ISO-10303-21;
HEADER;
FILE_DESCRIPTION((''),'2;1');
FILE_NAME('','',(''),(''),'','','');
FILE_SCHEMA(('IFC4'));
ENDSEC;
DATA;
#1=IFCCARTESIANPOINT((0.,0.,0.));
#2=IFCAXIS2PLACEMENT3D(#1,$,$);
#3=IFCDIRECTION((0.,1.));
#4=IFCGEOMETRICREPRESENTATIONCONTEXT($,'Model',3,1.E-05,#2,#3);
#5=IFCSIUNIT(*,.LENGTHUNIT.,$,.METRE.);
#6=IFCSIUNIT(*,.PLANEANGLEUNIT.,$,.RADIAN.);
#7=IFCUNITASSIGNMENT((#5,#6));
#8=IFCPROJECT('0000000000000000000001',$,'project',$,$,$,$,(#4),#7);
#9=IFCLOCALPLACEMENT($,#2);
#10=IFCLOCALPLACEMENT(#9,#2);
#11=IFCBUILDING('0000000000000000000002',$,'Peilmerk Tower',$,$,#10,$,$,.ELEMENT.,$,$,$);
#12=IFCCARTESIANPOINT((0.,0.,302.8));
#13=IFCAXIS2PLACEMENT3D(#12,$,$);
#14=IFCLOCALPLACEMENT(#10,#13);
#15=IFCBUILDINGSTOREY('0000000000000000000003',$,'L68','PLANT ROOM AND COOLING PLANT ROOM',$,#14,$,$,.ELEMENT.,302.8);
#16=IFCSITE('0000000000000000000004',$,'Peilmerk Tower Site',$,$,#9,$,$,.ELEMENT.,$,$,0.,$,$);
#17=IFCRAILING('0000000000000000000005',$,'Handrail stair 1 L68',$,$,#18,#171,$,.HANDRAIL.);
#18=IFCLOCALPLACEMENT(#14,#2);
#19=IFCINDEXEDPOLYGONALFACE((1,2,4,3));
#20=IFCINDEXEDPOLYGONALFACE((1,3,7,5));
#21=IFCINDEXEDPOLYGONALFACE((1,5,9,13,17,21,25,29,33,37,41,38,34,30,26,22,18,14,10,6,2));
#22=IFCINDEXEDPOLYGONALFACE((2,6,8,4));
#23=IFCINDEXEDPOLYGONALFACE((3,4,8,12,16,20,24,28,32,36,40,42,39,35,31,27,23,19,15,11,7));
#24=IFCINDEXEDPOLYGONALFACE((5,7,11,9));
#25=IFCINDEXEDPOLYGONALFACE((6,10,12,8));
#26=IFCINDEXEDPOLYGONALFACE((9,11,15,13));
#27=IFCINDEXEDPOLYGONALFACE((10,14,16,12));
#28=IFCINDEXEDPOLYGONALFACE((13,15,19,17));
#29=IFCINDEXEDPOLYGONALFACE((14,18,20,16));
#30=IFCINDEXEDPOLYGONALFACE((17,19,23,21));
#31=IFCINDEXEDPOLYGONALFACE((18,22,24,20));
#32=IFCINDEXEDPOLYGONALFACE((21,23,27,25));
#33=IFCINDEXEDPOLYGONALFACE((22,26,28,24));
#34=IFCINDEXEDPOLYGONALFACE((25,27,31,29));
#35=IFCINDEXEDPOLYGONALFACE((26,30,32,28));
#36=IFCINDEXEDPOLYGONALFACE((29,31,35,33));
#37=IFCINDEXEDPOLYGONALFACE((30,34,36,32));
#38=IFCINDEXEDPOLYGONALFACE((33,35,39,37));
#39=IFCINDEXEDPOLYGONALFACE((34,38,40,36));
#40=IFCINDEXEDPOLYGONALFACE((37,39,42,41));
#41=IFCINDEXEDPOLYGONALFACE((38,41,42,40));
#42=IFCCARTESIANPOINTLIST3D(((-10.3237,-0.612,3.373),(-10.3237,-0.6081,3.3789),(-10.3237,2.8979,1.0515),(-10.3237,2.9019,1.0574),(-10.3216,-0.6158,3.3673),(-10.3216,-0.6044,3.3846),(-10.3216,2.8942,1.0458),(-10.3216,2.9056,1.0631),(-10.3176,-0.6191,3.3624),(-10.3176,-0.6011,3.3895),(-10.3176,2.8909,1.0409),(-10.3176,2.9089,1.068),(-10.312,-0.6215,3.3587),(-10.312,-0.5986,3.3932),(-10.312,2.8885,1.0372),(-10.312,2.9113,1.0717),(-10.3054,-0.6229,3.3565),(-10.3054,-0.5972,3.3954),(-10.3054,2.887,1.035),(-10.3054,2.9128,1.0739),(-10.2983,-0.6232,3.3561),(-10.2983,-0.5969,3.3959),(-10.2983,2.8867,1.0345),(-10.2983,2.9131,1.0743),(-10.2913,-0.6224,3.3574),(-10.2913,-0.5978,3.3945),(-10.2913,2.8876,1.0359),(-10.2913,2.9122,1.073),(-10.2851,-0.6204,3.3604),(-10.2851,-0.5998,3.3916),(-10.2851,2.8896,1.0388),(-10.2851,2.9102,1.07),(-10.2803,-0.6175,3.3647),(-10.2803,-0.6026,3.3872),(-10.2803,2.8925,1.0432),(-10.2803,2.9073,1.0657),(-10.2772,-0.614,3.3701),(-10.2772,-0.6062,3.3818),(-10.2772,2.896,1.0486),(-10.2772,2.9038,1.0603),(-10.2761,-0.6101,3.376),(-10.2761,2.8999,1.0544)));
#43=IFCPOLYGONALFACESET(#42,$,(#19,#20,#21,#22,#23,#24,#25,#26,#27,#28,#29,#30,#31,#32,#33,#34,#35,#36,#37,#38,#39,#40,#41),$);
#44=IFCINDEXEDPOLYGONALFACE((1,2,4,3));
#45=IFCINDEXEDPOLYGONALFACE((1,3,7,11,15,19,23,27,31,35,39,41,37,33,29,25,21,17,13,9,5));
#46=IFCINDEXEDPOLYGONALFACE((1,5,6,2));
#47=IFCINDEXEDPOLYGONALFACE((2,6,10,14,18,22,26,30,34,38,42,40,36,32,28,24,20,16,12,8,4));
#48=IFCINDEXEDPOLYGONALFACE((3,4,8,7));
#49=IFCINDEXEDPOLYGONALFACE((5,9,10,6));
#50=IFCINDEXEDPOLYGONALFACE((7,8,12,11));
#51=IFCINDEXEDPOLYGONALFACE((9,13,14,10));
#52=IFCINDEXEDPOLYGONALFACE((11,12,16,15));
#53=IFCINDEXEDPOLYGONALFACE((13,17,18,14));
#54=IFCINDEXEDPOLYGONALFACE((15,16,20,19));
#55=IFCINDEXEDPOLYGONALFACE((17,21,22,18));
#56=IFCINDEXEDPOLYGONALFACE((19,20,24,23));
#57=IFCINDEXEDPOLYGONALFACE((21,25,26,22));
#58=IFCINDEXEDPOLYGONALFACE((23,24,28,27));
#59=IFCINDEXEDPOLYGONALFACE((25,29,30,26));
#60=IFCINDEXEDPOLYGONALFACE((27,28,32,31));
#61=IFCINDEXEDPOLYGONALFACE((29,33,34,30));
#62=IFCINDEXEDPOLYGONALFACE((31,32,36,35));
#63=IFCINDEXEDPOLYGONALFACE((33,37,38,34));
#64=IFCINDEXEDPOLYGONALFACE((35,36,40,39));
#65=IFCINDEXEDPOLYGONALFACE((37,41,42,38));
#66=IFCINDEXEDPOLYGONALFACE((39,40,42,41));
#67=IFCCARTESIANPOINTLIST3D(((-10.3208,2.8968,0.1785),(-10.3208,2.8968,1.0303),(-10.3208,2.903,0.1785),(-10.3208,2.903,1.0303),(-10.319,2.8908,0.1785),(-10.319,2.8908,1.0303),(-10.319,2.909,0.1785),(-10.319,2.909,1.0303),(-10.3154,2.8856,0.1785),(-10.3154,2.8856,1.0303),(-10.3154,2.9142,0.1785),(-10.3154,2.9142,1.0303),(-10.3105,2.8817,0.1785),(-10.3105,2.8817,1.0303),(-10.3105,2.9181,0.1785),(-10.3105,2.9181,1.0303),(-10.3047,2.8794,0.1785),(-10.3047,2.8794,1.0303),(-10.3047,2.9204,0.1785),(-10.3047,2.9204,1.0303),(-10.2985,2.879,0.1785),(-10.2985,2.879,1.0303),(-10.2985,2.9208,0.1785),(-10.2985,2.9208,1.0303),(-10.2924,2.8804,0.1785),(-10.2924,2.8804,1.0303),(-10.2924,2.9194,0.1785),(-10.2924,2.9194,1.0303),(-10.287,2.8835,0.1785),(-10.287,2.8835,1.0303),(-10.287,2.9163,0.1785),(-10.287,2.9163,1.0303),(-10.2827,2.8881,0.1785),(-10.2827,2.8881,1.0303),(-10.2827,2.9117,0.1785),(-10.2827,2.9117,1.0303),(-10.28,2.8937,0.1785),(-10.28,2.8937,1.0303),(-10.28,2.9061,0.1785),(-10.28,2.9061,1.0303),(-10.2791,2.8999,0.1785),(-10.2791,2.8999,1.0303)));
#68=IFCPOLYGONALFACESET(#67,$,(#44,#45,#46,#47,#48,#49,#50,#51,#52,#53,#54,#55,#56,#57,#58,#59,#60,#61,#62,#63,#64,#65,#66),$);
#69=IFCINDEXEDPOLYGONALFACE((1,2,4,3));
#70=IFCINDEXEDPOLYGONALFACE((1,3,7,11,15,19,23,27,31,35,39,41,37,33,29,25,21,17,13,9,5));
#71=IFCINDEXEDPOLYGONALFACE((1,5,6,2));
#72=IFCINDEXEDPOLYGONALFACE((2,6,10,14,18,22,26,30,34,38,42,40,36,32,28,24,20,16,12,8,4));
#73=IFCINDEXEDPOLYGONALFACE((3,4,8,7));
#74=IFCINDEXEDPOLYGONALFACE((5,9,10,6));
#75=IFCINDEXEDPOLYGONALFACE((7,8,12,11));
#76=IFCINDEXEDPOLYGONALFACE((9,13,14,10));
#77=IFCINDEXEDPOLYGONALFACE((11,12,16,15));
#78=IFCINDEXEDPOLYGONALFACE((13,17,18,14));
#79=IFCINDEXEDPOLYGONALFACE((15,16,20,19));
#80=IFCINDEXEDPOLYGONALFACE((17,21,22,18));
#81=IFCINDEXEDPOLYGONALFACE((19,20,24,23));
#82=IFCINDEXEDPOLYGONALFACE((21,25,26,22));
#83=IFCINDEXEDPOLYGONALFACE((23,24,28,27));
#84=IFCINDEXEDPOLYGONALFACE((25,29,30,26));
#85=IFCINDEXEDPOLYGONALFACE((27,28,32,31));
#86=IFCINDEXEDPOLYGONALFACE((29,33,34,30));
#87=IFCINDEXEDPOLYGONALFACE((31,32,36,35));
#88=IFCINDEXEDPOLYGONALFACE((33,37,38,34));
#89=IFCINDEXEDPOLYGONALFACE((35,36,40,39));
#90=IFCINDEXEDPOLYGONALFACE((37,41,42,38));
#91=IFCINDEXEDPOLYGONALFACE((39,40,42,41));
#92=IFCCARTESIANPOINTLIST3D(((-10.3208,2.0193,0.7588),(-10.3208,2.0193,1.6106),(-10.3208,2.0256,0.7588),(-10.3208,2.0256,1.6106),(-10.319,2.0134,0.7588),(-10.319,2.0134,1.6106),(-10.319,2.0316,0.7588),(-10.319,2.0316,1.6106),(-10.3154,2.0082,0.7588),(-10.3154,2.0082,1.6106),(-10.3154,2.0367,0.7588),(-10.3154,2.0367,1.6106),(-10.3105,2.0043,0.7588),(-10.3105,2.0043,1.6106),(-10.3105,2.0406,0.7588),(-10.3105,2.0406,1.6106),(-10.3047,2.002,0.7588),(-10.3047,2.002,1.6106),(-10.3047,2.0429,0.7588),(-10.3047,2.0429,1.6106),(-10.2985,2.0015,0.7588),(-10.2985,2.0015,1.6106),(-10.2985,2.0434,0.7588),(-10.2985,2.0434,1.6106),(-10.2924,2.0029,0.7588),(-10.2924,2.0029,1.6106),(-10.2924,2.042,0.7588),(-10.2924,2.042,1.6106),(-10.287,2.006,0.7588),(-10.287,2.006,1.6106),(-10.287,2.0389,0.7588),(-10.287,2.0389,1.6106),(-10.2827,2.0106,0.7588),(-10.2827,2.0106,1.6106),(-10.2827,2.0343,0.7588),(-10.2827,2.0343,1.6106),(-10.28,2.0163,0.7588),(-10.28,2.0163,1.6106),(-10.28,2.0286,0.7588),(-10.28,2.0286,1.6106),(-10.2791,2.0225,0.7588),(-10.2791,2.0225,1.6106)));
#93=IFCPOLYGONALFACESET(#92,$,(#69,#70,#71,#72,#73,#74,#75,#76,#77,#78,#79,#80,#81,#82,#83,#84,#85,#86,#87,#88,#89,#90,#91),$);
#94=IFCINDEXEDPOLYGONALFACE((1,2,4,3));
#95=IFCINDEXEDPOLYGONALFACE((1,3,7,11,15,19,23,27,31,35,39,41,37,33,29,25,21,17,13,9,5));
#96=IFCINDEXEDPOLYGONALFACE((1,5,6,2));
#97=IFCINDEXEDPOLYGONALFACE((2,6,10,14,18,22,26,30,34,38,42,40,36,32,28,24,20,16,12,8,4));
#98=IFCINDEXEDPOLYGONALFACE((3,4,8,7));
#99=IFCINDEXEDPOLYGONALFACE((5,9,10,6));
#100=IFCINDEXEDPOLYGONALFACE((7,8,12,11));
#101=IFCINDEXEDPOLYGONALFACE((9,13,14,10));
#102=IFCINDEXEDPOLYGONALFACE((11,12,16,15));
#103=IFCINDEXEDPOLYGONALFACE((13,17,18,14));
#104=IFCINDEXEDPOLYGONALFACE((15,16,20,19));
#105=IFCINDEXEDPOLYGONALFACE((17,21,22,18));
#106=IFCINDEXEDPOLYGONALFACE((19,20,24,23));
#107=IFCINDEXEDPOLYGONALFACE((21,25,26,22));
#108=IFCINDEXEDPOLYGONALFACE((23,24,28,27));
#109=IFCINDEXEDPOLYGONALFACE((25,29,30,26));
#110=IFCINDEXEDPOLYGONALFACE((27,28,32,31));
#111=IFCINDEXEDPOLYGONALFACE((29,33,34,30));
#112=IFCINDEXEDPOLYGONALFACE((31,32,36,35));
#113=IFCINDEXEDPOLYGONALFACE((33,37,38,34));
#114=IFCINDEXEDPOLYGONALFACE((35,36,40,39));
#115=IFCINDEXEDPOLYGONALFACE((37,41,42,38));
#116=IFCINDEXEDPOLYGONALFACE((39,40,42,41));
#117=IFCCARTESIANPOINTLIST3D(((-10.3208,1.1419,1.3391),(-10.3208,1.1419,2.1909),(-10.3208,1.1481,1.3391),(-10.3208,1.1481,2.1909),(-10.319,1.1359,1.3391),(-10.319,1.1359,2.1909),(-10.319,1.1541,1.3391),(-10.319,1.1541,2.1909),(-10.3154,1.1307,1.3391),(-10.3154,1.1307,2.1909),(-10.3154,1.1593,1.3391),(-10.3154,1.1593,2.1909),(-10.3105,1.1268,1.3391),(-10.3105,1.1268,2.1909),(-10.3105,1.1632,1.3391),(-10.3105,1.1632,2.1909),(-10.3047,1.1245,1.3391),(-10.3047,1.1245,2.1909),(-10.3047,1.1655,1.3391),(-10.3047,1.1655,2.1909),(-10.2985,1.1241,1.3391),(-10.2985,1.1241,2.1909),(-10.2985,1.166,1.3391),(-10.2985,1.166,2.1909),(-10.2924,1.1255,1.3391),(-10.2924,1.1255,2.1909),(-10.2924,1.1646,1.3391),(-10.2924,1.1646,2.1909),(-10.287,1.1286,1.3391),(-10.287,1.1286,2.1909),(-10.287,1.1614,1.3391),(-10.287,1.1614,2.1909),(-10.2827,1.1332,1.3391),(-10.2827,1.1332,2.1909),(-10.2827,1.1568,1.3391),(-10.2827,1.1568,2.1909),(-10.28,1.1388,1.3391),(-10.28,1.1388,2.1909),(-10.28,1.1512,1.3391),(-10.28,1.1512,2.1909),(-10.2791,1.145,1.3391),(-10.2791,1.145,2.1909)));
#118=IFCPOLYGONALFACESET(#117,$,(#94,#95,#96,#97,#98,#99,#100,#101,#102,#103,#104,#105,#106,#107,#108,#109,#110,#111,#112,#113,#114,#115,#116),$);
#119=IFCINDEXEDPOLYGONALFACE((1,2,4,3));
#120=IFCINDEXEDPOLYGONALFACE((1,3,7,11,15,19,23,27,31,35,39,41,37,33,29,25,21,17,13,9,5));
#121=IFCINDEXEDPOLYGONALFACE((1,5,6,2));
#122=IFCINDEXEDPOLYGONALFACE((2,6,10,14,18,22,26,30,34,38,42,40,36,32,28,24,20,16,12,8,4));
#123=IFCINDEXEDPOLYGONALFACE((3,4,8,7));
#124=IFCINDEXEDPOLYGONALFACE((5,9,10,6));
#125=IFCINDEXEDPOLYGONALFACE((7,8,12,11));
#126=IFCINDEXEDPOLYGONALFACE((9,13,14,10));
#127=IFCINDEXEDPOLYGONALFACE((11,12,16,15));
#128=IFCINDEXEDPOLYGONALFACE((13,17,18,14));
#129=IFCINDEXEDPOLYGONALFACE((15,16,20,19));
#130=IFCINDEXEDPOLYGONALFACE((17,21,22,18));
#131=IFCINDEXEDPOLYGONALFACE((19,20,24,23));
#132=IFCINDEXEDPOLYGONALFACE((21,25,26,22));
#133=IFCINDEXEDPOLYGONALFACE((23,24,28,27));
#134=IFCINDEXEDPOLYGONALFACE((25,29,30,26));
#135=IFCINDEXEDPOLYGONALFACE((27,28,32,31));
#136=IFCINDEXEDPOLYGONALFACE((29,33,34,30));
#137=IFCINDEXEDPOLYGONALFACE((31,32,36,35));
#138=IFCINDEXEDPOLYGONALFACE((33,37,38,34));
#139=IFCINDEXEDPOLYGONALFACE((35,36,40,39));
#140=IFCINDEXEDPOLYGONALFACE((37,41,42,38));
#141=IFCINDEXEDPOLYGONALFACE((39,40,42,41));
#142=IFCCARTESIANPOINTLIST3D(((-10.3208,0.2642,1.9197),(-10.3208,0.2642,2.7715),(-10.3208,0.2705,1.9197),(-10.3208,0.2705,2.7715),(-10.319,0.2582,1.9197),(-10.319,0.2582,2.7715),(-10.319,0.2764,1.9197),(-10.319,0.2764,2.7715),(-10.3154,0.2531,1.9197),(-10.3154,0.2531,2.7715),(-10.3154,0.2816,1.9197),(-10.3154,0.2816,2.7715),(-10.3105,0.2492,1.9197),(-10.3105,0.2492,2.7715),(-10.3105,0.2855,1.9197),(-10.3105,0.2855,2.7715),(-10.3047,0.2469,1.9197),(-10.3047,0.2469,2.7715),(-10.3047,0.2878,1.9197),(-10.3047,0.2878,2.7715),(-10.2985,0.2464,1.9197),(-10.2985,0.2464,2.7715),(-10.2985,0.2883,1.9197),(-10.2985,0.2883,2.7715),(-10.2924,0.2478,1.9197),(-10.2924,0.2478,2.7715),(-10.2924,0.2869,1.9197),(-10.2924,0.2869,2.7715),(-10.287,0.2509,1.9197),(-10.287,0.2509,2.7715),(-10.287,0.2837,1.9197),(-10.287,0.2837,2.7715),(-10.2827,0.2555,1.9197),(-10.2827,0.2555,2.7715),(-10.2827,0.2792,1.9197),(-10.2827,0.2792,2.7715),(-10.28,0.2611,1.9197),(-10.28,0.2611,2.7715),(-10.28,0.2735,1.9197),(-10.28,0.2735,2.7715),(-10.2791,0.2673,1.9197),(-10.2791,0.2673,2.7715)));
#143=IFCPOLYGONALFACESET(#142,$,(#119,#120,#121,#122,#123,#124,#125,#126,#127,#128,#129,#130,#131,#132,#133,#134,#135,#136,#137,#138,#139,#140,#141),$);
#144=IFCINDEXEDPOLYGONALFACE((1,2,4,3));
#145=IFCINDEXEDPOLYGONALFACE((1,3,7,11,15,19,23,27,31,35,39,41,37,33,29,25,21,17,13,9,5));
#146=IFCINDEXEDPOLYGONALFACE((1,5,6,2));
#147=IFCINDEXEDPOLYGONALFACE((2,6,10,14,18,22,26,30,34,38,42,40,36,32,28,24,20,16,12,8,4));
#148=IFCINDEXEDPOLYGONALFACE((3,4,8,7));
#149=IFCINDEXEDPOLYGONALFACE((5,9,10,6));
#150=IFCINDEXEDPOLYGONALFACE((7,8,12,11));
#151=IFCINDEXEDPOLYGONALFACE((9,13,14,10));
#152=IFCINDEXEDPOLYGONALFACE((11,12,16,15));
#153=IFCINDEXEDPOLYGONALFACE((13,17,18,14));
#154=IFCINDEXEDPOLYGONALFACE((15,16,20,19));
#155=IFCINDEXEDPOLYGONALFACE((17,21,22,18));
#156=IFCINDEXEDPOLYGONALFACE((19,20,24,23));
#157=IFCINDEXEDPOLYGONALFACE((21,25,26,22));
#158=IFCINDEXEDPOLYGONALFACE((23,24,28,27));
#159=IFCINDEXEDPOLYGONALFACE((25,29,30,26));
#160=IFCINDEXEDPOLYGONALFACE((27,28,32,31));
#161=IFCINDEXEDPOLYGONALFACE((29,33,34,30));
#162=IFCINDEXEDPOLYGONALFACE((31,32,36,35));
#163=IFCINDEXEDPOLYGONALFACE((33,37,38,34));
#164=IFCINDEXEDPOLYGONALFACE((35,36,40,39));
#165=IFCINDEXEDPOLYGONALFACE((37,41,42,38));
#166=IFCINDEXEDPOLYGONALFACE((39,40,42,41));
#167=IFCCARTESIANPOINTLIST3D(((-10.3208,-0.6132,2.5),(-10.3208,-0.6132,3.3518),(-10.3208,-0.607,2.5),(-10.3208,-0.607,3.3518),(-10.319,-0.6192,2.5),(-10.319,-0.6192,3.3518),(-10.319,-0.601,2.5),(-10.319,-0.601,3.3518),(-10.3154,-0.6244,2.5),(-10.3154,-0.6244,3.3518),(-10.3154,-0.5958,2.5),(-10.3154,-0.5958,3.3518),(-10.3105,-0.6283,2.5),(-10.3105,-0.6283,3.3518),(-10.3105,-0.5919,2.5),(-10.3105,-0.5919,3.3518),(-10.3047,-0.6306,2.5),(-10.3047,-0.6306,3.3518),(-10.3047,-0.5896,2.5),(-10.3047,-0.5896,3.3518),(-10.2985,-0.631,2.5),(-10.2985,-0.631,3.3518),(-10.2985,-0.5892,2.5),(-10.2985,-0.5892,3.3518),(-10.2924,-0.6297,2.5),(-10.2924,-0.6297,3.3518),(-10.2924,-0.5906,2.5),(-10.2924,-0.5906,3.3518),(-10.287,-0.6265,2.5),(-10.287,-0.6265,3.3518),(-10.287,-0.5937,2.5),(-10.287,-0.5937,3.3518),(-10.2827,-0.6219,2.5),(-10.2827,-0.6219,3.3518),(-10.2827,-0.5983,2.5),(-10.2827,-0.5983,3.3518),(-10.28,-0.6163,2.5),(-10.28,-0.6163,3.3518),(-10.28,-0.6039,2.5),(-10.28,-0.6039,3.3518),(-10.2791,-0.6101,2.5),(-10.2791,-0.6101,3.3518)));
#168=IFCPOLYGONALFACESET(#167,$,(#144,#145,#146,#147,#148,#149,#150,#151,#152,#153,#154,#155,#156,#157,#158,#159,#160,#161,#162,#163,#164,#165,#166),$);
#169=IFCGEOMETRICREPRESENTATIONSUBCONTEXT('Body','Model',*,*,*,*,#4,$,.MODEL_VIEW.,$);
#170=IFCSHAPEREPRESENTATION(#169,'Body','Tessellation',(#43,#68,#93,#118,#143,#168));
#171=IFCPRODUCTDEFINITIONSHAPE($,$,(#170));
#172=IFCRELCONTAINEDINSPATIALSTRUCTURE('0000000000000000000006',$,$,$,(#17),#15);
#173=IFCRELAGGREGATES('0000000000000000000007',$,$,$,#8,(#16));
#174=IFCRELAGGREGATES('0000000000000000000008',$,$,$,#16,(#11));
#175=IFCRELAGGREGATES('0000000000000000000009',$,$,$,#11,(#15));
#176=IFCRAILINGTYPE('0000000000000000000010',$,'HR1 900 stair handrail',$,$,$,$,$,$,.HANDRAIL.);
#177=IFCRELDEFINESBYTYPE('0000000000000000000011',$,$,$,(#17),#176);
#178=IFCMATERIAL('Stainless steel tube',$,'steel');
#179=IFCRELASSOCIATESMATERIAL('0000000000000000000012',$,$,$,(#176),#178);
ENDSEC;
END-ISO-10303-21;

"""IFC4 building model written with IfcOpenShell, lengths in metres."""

from ifc_helpers import new_model, si_unit, direction, frame, origin, origin_2d, place, context, subcontext, project, spatial, circle, extrude, material, type_object, element, save


model = new_model("IFC4")

# Units and contexts
model_context = context("Model", 3, precision=1e-05, world=origin(), true_north=direction((0.0, 1.0)))
body_context = subcontext(model_context, "Body", "Model", "MODEL_VIEW")
ifc_project = project(units=[si_unit("LENGTHUNIT", "METRE"), si_unit("PLANEANGLEUNIT", "RADIAN")], contexts=[model_context])

# Site, building, storey
site_placement = place(None, origin())
site = spatial("IfcSite", under=ifc_project, at=site_placement, Name="Peilmerk Tower Site", CompositionType="ELEMENT", RefElevation=0.0)
building_placement = place(site_placement, origin())
building = spatial("IfcBuilding", under=site, at=building_placement, Name="Peilmerk Tower", CompositionType="ELEMENT")
storey_placement = place(building_placement, frame((0.0, 0.0, 302.8)))
storey = spatial("IfcBuildingStorey", under=building, at=storey_placement, Name="L68", Description="PLANT ROOM AND COOLING PLANT ROOM", CompositionType="ELEMENT", Elevation=302.8)

# Railing
ifc_material_1 = material(Name="Stainless steel tube", Category="steel")
railing_type_1 = type_object("IfcRailingType", Name="HR1 900 stair handrail", PredefinedType="HANDRAIL", material=ifc_material_1)
railing_1_placement = place(storey_placement, frame((-10.3, 2.8999, 0.1785)))
element("IfcRailing", 1, at=railing_1_placement, inside=storey, type_object=railing_type_1, Name="Handrail stair 1 L68", PredefinedType="HANDRAIL", context=body_context, shape_type="SweptSolid", body=[
    extrude(circle(Radius=0.0239, at=origin_2d()), frame((0.0, 0.0, 0.876), z_axis=(0.0, -0.834071, 0.551657), x_axis=(1.0, 0.0, 0.0)), (0.0, 0.0, 1.0), 4.2083),
    extrude(circle(Radius=0.021, at=origin_2d()), origin(), (0.0, 0.0, 1.0), 0.8518),
    extrude(circle(Radius=0.021, at=origin_2d()), frame((0.0, -0.8774, 0.5803)), (0.0, 0.0, 1.0), 0.8518),
    extrude(circle(Radius=0.021, at=origin_2d()), frame((0.0, -1.7549, 1.1606)), (0.0, 0.0, 1.0), 0.8518),
    extrude(circle(Radius=0.021, at=origin_2d()), frame((0.0, -2.6326, 1.7412)), (0.0, 0.0, 1.0), 0.8518),
    extrude(circle(Radius=0.021, at=origin_2d()), frame((0.0, -3.51, 2.3215)), (0.0, 0.0, 1.0), 0.8518),
])

save(model, "model.ifc")
